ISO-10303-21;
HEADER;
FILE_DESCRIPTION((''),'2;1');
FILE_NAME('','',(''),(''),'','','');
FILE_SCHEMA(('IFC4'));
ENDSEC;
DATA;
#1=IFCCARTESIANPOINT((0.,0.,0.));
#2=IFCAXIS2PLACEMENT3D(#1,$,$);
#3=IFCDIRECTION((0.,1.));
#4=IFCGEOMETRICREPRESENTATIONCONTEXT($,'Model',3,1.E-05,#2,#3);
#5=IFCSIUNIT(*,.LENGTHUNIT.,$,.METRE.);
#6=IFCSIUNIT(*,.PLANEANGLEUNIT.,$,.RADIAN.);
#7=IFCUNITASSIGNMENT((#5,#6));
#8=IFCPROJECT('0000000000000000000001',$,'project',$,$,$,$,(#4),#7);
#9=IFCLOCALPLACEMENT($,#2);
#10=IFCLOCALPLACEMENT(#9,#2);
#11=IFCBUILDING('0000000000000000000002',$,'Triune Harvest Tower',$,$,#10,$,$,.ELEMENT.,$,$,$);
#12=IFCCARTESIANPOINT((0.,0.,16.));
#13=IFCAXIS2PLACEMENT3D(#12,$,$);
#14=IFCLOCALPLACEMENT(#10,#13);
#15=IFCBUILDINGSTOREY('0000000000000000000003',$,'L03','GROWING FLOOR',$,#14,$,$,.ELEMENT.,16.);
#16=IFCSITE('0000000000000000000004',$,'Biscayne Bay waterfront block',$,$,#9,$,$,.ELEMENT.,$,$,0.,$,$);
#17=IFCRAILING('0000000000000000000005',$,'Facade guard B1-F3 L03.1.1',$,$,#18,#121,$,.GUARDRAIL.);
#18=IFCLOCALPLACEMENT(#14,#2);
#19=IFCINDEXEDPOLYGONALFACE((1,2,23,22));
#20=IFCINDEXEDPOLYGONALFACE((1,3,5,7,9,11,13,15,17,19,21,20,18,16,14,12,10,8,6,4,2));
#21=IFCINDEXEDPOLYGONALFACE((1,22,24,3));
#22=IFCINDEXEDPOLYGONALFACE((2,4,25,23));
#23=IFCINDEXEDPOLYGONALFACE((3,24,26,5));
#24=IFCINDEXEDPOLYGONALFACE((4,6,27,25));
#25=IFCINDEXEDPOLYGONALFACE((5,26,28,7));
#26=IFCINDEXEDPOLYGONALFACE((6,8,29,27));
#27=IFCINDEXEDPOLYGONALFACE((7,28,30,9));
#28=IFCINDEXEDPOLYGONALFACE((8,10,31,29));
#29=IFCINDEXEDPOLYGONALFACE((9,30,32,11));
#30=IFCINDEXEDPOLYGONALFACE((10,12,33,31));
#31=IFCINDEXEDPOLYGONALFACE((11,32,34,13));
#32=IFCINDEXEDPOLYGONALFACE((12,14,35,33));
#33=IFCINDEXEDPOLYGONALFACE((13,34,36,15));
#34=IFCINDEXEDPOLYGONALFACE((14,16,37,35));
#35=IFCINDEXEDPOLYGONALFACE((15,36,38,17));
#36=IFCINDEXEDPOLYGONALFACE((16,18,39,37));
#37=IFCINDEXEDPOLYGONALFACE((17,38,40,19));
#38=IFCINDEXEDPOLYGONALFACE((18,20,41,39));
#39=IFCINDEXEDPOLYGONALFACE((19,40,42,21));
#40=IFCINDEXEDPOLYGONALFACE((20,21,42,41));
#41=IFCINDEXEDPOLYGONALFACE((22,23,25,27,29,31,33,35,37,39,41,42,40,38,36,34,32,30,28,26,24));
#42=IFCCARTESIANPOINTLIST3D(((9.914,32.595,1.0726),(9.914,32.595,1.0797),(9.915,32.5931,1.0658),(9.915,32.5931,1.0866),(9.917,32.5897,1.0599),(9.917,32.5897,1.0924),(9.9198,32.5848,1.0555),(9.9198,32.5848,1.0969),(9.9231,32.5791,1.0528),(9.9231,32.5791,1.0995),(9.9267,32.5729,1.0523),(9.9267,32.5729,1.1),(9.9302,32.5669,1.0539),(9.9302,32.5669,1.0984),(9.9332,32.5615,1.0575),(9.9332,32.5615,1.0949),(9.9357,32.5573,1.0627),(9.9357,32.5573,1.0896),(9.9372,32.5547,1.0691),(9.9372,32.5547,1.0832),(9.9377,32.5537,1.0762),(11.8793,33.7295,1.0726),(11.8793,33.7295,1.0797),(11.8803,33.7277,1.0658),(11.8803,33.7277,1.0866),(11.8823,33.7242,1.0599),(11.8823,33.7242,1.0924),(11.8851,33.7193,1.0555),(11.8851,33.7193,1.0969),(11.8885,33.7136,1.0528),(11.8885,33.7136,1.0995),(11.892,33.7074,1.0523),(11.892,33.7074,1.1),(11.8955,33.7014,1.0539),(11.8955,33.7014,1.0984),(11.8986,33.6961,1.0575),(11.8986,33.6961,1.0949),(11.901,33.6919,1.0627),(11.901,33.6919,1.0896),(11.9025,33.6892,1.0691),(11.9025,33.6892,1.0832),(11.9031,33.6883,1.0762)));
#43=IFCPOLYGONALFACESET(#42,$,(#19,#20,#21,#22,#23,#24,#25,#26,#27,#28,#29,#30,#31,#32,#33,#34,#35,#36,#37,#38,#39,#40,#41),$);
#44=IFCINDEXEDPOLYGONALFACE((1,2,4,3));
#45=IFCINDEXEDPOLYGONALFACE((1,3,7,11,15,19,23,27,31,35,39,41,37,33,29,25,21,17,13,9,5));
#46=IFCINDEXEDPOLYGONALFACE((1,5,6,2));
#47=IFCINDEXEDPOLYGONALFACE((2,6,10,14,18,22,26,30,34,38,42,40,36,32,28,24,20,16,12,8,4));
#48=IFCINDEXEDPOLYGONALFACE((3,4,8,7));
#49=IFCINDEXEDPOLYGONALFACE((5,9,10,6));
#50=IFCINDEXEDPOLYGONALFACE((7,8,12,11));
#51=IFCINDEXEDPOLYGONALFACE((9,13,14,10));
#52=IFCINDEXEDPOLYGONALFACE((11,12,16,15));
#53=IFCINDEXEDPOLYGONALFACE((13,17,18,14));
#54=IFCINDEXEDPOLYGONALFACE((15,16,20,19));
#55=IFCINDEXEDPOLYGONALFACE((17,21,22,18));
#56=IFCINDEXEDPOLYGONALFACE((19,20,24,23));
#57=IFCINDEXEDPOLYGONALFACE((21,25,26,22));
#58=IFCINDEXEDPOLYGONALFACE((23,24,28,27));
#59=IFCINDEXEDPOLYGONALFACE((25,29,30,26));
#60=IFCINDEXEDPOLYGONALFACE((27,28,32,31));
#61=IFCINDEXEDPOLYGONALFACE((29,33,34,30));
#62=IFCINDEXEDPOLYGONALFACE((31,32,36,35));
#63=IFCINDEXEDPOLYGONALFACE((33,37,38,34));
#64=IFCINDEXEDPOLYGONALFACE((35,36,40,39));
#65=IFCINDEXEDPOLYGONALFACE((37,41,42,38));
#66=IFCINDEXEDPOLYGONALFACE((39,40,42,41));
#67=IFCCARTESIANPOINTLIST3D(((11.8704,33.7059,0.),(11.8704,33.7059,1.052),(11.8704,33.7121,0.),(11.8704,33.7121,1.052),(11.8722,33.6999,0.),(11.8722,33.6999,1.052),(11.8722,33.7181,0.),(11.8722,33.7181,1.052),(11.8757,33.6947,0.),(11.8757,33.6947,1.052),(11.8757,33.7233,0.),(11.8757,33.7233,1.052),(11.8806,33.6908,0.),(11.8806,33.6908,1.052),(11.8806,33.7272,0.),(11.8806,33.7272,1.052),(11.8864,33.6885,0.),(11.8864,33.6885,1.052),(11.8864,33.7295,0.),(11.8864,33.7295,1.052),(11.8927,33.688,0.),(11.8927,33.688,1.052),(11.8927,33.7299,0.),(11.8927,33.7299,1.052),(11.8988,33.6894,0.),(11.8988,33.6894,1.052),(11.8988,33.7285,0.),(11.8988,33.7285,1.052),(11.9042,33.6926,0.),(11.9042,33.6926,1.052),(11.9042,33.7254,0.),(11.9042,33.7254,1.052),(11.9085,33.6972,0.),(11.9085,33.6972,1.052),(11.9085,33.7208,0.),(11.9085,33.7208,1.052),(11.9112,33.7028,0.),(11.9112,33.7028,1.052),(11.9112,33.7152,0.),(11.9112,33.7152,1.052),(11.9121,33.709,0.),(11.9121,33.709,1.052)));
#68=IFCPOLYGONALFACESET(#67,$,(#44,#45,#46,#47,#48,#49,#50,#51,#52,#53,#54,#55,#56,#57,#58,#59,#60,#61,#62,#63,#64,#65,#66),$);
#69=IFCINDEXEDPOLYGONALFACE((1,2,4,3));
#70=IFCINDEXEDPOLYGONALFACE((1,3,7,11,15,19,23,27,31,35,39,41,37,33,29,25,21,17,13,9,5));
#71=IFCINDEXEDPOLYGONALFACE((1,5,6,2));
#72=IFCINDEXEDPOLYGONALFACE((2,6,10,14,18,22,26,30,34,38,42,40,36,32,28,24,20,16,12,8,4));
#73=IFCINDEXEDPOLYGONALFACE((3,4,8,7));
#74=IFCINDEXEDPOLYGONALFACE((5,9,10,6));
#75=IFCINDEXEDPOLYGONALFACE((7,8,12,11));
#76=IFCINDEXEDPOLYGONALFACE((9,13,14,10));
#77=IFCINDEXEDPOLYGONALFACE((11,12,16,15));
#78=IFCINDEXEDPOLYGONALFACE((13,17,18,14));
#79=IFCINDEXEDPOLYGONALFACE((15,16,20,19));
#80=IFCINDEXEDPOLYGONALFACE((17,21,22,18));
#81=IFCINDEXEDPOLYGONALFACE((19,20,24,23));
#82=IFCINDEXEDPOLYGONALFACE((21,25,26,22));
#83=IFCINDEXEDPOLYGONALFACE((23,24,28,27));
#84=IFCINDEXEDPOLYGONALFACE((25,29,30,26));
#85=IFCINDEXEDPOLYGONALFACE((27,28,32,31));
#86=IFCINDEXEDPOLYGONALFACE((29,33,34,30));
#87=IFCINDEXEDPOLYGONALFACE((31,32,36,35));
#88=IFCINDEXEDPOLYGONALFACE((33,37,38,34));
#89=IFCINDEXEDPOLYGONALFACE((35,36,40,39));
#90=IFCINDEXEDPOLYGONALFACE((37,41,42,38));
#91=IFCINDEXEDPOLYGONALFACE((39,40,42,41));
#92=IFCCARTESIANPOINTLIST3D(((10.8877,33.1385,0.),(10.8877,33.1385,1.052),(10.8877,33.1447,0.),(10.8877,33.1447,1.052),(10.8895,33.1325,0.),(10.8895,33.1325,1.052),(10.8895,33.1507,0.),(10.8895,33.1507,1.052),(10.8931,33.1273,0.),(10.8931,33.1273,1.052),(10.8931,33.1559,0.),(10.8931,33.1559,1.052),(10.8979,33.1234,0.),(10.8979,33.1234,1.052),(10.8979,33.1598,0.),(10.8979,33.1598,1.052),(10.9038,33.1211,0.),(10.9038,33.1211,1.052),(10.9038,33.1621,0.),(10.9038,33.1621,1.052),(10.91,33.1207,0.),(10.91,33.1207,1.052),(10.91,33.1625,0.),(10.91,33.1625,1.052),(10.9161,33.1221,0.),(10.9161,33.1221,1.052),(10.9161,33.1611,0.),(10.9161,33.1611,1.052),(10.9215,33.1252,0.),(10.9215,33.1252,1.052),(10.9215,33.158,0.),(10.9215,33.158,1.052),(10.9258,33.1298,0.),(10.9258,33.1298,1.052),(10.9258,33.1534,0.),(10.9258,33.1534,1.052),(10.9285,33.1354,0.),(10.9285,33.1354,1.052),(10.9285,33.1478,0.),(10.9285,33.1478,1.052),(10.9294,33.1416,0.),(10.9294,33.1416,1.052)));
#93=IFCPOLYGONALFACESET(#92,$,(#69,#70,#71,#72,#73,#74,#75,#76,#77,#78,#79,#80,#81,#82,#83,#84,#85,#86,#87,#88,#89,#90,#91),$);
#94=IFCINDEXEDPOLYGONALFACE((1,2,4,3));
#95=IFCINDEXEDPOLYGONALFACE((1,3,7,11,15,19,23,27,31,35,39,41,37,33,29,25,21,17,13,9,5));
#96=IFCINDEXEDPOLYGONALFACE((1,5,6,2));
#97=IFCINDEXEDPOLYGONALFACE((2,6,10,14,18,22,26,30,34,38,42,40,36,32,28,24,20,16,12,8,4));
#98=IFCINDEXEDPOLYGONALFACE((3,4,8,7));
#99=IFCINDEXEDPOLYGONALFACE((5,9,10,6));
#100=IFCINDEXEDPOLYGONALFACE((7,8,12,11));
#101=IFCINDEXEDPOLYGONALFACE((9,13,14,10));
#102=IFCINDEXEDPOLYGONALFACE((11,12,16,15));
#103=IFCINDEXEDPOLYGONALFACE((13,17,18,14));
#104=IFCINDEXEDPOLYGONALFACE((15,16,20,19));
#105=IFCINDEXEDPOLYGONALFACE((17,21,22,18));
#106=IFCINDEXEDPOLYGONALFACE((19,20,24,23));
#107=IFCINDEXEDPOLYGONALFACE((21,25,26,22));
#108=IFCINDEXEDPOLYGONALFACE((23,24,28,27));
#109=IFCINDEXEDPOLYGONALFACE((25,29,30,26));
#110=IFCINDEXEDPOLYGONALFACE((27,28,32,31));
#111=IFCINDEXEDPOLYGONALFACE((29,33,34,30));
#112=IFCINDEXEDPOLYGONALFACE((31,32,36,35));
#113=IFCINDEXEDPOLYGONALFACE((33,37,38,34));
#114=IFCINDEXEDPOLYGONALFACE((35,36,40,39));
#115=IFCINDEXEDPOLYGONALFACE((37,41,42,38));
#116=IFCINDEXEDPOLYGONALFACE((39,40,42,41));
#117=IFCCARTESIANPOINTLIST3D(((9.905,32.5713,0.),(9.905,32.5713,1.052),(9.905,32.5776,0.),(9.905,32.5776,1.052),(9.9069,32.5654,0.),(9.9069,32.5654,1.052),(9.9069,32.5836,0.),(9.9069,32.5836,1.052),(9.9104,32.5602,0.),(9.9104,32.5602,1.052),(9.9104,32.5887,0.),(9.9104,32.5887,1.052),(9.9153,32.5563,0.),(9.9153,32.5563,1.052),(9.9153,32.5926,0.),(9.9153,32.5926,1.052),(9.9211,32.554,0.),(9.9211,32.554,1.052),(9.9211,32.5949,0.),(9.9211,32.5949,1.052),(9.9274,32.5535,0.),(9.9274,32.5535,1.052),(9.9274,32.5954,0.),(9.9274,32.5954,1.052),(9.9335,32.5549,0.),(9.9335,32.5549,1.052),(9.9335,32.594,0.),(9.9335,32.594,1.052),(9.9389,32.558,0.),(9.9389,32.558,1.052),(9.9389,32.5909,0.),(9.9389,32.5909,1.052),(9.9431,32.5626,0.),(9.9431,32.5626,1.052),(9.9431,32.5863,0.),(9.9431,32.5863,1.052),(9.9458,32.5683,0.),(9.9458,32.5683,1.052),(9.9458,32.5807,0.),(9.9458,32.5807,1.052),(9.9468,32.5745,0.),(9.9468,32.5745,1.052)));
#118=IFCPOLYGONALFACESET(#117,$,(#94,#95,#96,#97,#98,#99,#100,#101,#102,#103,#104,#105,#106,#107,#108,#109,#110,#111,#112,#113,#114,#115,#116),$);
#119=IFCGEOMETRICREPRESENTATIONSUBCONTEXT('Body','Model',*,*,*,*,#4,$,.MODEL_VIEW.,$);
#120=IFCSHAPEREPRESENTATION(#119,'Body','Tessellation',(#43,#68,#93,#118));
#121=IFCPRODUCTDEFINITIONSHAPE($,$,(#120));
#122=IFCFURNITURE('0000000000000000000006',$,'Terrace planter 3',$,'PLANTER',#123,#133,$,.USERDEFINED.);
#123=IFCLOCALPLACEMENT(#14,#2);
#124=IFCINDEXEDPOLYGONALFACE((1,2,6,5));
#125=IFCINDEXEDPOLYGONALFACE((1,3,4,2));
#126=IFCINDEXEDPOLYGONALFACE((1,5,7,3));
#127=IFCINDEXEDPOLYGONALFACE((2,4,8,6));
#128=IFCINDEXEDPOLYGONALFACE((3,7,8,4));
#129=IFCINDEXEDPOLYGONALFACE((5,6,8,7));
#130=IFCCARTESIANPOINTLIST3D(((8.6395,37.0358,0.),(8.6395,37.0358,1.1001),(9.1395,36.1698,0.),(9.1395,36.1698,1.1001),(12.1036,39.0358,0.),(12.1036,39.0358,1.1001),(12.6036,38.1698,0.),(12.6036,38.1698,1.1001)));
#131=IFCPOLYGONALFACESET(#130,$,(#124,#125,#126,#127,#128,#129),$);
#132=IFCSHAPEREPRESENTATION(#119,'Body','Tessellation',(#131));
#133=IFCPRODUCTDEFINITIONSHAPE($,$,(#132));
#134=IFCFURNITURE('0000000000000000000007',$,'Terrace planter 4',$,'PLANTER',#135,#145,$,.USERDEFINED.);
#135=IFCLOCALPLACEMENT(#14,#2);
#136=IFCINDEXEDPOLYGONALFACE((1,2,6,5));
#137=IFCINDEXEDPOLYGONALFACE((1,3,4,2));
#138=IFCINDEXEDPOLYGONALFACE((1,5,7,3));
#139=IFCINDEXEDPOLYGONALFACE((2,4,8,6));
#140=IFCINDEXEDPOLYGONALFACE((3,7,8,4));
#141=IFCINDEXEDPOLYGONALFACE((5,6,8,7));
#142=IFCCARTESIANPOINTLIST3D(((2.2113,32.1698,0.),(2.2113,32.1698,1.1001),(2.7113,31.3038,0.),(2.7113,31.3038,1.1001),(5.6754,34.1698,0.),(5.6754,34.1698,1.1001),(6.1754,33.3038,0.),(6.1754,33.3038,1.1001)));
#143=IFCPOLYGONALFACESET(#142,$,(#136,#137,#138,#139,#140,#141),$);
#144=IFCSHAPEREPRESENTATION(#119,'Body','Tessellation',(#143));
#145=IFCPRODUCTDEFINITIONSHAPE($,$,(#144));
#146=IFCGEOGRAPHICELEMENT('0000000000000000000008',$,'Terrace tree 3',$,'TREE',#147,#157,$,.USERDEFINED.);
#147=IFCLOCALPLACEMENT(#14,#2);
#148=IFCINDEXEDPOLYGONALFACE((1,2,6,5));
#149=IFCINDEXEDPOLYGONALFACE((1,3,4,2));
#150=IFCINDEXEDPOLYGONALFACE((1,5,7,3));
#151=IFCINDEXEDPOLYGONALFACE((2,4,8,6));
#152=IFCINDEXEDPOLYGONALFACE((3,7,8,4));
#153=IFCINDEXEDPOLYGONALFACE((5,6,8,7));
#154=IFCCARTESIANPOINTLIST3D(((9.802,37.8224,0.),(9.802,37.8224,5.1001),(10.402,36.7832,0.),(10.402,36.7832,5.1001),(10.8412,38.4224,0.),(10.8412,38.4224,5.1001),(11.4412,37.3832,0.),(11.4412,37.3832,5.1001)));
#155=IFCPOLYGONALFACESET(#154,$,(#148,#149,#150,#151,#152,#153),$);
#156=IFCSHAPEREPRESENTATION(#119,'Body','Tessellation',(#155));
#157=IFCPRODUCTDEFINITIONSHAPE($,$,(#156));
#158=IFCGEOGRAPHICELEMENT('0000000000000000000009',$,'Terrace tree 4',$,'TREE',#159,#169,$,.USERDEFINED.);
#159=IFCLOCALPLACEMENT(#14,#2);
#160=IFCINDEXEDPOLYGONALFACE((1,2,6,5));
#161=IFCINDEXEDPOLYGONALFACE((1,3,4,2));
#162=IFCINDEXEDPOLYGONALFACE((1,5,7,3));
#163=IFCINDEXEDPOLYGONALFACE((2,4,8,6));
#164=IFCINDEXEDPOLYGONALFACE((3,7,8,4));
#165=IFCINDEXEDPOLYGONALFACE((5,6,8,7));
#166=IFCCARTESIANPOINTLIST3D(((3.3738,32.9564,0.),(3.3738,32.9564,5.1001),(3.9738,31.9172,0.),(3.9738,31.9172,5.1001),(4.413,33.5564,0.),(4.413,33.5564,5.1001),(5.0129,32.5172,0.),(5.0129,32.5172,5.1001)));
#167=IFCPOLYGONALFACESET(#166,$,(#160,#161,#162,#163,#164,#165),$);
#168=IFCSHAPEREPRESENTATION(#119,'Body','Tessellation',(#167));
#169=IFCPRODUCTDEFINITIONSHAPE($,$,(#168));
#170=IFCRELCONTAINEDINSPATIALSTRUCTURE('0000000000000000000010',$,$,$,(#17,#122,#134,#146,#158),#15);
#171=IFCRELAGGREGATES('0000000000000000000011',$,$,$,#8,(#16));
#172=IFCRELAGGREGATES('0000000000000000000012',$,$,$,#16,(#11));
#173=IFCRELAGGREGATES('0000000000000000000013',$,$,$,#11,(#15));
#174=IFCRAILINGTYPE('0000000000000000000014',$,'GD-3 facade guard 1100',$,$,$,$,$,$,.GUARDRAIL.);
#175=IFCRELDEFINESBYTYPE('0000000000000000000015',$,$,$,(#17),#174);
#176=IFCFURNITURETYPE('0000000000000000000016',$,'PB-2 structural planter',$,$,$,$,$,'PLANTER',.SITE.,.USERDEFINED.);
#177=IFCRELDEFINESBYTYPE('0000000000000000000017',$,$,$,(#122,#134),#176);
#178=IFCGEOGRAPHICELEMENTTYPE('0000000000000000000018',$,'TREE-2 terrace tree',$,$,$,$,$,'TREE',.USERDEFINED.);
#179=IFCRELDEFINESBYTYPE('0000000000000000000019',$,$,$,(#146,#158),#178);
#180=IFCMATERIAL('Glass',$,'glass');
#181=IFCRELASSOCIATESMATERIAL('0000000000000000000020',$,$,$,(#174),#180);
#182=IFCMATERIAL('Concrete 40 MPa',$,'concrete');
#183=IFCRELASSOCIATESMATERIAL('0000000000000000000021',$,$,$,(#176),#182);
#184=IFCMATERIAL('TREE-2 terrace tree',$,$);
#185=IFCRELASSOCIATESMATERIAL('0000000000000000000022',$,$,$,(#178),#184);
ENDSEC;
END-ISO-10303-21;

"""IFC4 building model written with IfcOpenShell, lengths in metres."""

from ifc_helpers import new_model, si_unit, direction, frame, origin, origin_2d, place, context, subcontext, project, spatial, rectangle, circle, extrude, source, transform, mapped, material, type_object, element, save


model = new_model("IFC4")

# Units and contexts
model_context = context("Model", 3, precision=1e-05, world=origin(), true_north=direction((0.0, 1.0)))
body_context = subcontext(model_context, "Body", "Model", "MODEL_VIEW")
ifc_project = project(units=[si_unit("LENGTHUNIT", "METRE"), si_unit("PLANEANGLEUNIT", "RADIAN")], contexts=[model_context])

# Site, building, storey
site_placement = place(None, origin())
site = spatial("IfcSite", under=ifc_project, at=site_placement, Name="Biscayne Bay waterfront block", CompositionType="ELEMENT", RefElevation=0.0)
building_placement = place(site_placement, origin())
building = spatial("IfcBuilding", under=site, at=building_placement, Name="Triune Harvest Tower", CompositionType="ELEMENT")
storey_placement = place(building_placement, frame((0.0, 0.0, 16.0)))
storey = spatial("IfcBuildingStorey", under=building, at=storey_placement, Name="L03", Description="GROWING FLOOR", CompositionType="ELEMENT", Elevation=16.0)

# Railing
ifc_material_1 = material(Name="Glass", Category="glass")
railing_type = type_object("IfcRailingType", Name="GD-3 facade guard 1100", PredefinedType="GUARDRAIL", material=ifc_material_1)
shared_shape_1 = source(origin(), body_context, "Body", "SweptSolid", [
    extrude(circle(Radius=0.0239, at=origin_2d()), frame((0.0, 0.0, 1.0762), z_axis=(-0.866057, -0.499946, 0.0), x_axis=(0.499946, -0.866057, 0.0)), (0.0, 0.0, 1.0), 2.2693),
    extrude(circle(Radius=0.021, at=origin_2d()), origin(), (0.0, 0.0, 1.0), 1.052),
    extrude(circle(Radius=0.021, at=origin_2d()), frame((-0.9827, -0.5674, 0.0)), (0.0, 0.0, 1.0), 1.052),
    extrude(circle(Radius=0.021, at=origin_2d()), frame((-1.9653, -1.1345, 0.0)), (0.0, 0.0, 1.0), 1.052),
])
railing_placement = place(storey_placement, frame((11.8911, 33.709, 0.0)))
element("IfcRailing", 1, at=railing_placement, inside=storey, type_object=railing_type, Name="Facade guard B1-F3 L03.1.1", PredefinedType="GUARDRAIL", context=body_context, shape_type="MappedRepresentation", body=[
    mapped(shared_shape_1, transform((0.0, 0.0, 0.0), scale=1.0)),
])

# Furniture
ifc_material_2 = material(Name="Concrete 40 MPa", Category="concrete")
furniture_type = type_object("IfcFurnitureType", Name="PB-2 structural planter", ElementType="PLANTER", AssemblyPlace="SITE", PredefinedType="USERDEFINED", material=ifc_material_2)
shared_shape_2 = source(origin(), body_context, "Body", "SweptSolid", [
    extrude(rectangle(XDim=4.0, YDim=1.0, at=origin_2d()), origin(), (0.0, 0.0, 1.0), 1.1001),
])
for number, where, z_axis, x_axis, name in (
    (2, (10.6216, 37.6028, 0.0), (0.0, 0.0, 1.0), (-0.866025, -0.5, 0.0), "Terrace planter 3"),
    (3, (4.1934, 32.7368, 0.0), (0.0, 0.0, 1.0), (-0.866025, -0.5, 0.0), "Terrace planter 4"),
):
    element("IfcFurniture", number, at=place(storey_placement, frame(where, z_axis=z_axis, x_axis=x_axis)), inside=storey, type_object=furniture_type, Name=name, ObjectType="PLANTER", PredefinedType="USERDEFINED", context=body_context, shape_type="MappedRepresentation", body=[
        mapped(shared_shape_2, transform((0.0, 0.0, 0.0), scale=1.0)),
    ])

# Geographic elements
ifc_material_3 = material(Name="TREE-2 terrace tree")
geographic_element_type = type_object("IfcGeographicElementType", Name="TREE-2 terrace tree", ElementType="TREE", PredefinedType="USERDEFINED", material=ifc_material_3)
shared_shape_3 = source(origin(), body_context, "Body", "SweptSolid", [
    extrude(rectangle(XDim=1.2, YDim=1.2, at=origin_2d()), origin(), (0.0, 0.0, 1.0), 5.1001),
])
for number, where, z_axis, x_axis, name in (
    (4, (10.6216, 37.6028, 0.0), (0.0, 0.0, 1.0), (-0.866025, -0.5, 0.0), "Terrace tree 3"),
    (5, (4.1934, 32.7368, 0.0), (0.0, 0.0, 1.0), (-0.866025, -0.5, 0.0), "Terrace tree 4"),
):
    element("IfcGeographicElement", number, at=place(storey_placement, frame(where, z_axis=z_axis, x_axis=x_axis)), inside=storey, type_object=geographic_element_type, Name=name, ObjectType="TREE", PredefinedType="USERDEFINED", context=body_context, shape_type="MappedRepresentation", body=[
        mapped(shared_shape_3, transform((0.0, 0.0, 0.0), scale=1.0)),
    ])

save(model, "model.ifc")
